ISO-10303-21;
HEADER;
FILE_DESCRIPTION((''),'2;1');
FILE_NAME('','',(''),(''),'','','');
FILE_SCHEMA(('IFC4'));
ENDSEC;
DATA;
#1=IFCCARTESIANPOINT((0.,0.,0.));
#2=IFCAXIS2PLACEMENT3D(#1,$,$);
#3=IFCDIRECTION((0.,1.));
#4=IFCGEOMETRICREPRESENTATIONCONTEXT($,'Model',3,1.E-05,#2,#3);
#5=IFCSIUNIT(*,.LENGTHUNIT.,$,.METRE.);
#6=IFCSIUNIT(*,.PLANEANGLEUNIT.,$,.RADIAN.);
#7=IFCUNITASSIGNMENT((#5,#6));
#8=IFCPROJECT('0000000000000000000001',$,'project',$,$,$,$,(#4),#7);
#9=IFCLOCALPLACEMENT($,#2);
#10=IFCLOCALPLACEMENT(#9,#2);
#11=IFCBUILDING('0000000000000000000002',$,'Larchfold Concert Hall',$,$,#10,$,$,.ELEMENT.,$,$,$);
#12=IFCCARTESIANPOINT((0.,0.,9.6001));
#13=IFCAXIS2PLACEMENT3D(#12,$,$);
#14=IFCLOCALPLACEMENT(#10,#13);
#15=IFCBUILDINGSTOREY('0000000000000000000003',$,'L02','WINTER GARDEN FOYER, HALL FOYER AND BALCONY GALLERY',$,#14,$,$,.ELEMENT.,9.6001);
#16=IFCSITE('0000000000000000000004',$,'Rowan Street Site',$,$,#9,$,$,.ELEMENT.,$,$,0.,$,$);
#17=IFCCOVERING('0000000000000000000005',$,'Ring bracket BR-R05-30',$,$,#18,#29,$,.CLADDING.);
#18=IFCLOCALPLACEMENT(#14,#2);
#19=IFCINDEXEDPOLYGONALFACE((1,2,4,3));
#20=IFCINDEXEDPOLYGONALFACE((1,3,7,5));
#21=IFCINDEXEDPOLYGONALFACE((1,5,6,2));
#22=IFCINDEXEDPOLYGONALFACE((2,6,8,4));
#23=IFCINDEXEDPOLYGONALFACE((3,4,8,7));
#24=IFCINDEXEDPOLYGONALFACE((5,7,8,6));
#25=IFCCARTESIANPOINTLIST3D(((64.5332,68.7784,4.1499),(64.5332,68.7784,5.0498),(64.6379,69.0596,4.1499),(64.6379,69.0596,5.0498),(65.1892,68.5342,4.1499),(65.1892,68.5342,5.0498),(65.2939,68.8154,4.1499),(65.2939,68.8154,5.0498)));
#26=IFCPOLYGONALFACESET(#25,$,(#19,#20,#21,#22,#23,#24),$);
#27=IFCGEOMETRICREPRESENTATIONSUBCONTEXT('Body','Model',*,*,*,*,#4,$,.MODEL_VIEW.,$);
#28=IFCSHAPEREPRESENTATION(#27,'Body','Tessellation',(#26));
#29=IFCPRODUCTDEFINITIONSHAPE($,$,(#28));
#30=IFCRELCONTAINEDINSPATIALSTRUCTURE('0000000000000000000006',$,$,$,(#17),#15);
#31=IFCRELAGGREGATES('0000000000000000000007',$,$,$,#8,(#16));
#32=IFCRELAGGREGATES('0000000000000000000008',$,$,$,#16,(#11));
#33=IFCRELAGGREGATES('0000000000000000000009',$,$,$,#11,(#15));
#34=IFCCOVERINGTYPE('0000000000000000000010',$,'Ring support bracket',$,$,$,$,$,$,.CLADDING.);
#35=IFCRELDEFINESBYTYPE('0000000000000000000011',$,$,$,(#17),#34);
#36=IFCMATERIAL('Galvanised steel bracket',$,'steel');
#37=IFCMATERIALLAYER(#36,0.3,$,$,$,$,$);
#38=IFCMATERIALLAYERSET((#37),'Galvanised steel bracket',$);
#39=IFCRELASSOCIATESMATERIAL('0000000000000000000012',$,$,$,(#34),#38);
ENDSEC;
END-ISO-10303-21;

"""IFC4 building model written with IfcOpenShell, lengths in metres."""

from ifc_helpers import new_model, si_unit, direction, frame, origin, origin_2d, place, context, subcontext, project, spatial, rectangle, extrude, material, layer, layer_set, type_object, element, save


model = new_model("IFC4")

# Units and contexts
model_context = context("Model", 3, precision=1e-05, world=origin(), true_north=direction((0.0, 1.0)))
body_context = subcontext(model_context, "Body", "Model", "MODEL_VIEW")
ifc_project = project(units=[si_unit("LENGTHUNIT", "METRE"), si_unit("PLANEANGLEUNIT", "RADIAN")], contexts=[model_context])

# Site, building, storey
site_placement = place(None, origin())
site = spatial("IfcSite", under=ifc_project, at=site_placement, Name="Rowan Street Site", CompositionType="ELEMENT", RefElevation=0.0)
building_placement = place(site_placement, origin())
building = spatial("IfcBuilding", under=site, at=building_placement, Name="Larchfold Concert Hall", CompositionType="ELEMENT")
storey_placement = place(building_placement, frame((0.0, 0.0, 9.6001)))
storey = spatial("IfcBuildingStorey", under=building, at=storey_placement, Name="L02", Description="WINTER GARDEN FOYER, HALL FOYER AND BALCONY GALLERY", CompositionType="ELEMENT", Elevation=9.6001)

# Covering
ifc_material_1 = material(Name="Galvanised steel bracket", Category="steel")
ifc_layer_1 = layer(ifc_material_1, 0.3)
ifc_layer_set_1 = layer_set([ifc_layer_1], Name="Galvanised steel bracket")
covering_type = type_object("IfcCoveringType", Name="Ring support bracket", PredefinedType="CLADDING", material=ifc_layer_set_1)
for number, where, z_axis, x_axis, name in (
    (1, (64.9136, 68.7969, 4.1499), (0.0, 0.0, 1.0), (0.937177, -0.348853, 0.0), "Ring bracket BR-R05-30"),
):
    element("IfcCovering", number, at=place(storey_placement, frame(where, z_axis=z_axis, x_axis=x_axis)), inside=storey, type_object=covering_type, Name=name, PredefinedType="CLADDING", context=body_context, shape_type="SweptSolid", body=[
        extrude(rectangle(XDim=0.7, YDim=0.3, at=origin_2d()), origin(), (0.0, 0.0, 1.0), 0.8999),
    ])

save(model, "model.ifc")
